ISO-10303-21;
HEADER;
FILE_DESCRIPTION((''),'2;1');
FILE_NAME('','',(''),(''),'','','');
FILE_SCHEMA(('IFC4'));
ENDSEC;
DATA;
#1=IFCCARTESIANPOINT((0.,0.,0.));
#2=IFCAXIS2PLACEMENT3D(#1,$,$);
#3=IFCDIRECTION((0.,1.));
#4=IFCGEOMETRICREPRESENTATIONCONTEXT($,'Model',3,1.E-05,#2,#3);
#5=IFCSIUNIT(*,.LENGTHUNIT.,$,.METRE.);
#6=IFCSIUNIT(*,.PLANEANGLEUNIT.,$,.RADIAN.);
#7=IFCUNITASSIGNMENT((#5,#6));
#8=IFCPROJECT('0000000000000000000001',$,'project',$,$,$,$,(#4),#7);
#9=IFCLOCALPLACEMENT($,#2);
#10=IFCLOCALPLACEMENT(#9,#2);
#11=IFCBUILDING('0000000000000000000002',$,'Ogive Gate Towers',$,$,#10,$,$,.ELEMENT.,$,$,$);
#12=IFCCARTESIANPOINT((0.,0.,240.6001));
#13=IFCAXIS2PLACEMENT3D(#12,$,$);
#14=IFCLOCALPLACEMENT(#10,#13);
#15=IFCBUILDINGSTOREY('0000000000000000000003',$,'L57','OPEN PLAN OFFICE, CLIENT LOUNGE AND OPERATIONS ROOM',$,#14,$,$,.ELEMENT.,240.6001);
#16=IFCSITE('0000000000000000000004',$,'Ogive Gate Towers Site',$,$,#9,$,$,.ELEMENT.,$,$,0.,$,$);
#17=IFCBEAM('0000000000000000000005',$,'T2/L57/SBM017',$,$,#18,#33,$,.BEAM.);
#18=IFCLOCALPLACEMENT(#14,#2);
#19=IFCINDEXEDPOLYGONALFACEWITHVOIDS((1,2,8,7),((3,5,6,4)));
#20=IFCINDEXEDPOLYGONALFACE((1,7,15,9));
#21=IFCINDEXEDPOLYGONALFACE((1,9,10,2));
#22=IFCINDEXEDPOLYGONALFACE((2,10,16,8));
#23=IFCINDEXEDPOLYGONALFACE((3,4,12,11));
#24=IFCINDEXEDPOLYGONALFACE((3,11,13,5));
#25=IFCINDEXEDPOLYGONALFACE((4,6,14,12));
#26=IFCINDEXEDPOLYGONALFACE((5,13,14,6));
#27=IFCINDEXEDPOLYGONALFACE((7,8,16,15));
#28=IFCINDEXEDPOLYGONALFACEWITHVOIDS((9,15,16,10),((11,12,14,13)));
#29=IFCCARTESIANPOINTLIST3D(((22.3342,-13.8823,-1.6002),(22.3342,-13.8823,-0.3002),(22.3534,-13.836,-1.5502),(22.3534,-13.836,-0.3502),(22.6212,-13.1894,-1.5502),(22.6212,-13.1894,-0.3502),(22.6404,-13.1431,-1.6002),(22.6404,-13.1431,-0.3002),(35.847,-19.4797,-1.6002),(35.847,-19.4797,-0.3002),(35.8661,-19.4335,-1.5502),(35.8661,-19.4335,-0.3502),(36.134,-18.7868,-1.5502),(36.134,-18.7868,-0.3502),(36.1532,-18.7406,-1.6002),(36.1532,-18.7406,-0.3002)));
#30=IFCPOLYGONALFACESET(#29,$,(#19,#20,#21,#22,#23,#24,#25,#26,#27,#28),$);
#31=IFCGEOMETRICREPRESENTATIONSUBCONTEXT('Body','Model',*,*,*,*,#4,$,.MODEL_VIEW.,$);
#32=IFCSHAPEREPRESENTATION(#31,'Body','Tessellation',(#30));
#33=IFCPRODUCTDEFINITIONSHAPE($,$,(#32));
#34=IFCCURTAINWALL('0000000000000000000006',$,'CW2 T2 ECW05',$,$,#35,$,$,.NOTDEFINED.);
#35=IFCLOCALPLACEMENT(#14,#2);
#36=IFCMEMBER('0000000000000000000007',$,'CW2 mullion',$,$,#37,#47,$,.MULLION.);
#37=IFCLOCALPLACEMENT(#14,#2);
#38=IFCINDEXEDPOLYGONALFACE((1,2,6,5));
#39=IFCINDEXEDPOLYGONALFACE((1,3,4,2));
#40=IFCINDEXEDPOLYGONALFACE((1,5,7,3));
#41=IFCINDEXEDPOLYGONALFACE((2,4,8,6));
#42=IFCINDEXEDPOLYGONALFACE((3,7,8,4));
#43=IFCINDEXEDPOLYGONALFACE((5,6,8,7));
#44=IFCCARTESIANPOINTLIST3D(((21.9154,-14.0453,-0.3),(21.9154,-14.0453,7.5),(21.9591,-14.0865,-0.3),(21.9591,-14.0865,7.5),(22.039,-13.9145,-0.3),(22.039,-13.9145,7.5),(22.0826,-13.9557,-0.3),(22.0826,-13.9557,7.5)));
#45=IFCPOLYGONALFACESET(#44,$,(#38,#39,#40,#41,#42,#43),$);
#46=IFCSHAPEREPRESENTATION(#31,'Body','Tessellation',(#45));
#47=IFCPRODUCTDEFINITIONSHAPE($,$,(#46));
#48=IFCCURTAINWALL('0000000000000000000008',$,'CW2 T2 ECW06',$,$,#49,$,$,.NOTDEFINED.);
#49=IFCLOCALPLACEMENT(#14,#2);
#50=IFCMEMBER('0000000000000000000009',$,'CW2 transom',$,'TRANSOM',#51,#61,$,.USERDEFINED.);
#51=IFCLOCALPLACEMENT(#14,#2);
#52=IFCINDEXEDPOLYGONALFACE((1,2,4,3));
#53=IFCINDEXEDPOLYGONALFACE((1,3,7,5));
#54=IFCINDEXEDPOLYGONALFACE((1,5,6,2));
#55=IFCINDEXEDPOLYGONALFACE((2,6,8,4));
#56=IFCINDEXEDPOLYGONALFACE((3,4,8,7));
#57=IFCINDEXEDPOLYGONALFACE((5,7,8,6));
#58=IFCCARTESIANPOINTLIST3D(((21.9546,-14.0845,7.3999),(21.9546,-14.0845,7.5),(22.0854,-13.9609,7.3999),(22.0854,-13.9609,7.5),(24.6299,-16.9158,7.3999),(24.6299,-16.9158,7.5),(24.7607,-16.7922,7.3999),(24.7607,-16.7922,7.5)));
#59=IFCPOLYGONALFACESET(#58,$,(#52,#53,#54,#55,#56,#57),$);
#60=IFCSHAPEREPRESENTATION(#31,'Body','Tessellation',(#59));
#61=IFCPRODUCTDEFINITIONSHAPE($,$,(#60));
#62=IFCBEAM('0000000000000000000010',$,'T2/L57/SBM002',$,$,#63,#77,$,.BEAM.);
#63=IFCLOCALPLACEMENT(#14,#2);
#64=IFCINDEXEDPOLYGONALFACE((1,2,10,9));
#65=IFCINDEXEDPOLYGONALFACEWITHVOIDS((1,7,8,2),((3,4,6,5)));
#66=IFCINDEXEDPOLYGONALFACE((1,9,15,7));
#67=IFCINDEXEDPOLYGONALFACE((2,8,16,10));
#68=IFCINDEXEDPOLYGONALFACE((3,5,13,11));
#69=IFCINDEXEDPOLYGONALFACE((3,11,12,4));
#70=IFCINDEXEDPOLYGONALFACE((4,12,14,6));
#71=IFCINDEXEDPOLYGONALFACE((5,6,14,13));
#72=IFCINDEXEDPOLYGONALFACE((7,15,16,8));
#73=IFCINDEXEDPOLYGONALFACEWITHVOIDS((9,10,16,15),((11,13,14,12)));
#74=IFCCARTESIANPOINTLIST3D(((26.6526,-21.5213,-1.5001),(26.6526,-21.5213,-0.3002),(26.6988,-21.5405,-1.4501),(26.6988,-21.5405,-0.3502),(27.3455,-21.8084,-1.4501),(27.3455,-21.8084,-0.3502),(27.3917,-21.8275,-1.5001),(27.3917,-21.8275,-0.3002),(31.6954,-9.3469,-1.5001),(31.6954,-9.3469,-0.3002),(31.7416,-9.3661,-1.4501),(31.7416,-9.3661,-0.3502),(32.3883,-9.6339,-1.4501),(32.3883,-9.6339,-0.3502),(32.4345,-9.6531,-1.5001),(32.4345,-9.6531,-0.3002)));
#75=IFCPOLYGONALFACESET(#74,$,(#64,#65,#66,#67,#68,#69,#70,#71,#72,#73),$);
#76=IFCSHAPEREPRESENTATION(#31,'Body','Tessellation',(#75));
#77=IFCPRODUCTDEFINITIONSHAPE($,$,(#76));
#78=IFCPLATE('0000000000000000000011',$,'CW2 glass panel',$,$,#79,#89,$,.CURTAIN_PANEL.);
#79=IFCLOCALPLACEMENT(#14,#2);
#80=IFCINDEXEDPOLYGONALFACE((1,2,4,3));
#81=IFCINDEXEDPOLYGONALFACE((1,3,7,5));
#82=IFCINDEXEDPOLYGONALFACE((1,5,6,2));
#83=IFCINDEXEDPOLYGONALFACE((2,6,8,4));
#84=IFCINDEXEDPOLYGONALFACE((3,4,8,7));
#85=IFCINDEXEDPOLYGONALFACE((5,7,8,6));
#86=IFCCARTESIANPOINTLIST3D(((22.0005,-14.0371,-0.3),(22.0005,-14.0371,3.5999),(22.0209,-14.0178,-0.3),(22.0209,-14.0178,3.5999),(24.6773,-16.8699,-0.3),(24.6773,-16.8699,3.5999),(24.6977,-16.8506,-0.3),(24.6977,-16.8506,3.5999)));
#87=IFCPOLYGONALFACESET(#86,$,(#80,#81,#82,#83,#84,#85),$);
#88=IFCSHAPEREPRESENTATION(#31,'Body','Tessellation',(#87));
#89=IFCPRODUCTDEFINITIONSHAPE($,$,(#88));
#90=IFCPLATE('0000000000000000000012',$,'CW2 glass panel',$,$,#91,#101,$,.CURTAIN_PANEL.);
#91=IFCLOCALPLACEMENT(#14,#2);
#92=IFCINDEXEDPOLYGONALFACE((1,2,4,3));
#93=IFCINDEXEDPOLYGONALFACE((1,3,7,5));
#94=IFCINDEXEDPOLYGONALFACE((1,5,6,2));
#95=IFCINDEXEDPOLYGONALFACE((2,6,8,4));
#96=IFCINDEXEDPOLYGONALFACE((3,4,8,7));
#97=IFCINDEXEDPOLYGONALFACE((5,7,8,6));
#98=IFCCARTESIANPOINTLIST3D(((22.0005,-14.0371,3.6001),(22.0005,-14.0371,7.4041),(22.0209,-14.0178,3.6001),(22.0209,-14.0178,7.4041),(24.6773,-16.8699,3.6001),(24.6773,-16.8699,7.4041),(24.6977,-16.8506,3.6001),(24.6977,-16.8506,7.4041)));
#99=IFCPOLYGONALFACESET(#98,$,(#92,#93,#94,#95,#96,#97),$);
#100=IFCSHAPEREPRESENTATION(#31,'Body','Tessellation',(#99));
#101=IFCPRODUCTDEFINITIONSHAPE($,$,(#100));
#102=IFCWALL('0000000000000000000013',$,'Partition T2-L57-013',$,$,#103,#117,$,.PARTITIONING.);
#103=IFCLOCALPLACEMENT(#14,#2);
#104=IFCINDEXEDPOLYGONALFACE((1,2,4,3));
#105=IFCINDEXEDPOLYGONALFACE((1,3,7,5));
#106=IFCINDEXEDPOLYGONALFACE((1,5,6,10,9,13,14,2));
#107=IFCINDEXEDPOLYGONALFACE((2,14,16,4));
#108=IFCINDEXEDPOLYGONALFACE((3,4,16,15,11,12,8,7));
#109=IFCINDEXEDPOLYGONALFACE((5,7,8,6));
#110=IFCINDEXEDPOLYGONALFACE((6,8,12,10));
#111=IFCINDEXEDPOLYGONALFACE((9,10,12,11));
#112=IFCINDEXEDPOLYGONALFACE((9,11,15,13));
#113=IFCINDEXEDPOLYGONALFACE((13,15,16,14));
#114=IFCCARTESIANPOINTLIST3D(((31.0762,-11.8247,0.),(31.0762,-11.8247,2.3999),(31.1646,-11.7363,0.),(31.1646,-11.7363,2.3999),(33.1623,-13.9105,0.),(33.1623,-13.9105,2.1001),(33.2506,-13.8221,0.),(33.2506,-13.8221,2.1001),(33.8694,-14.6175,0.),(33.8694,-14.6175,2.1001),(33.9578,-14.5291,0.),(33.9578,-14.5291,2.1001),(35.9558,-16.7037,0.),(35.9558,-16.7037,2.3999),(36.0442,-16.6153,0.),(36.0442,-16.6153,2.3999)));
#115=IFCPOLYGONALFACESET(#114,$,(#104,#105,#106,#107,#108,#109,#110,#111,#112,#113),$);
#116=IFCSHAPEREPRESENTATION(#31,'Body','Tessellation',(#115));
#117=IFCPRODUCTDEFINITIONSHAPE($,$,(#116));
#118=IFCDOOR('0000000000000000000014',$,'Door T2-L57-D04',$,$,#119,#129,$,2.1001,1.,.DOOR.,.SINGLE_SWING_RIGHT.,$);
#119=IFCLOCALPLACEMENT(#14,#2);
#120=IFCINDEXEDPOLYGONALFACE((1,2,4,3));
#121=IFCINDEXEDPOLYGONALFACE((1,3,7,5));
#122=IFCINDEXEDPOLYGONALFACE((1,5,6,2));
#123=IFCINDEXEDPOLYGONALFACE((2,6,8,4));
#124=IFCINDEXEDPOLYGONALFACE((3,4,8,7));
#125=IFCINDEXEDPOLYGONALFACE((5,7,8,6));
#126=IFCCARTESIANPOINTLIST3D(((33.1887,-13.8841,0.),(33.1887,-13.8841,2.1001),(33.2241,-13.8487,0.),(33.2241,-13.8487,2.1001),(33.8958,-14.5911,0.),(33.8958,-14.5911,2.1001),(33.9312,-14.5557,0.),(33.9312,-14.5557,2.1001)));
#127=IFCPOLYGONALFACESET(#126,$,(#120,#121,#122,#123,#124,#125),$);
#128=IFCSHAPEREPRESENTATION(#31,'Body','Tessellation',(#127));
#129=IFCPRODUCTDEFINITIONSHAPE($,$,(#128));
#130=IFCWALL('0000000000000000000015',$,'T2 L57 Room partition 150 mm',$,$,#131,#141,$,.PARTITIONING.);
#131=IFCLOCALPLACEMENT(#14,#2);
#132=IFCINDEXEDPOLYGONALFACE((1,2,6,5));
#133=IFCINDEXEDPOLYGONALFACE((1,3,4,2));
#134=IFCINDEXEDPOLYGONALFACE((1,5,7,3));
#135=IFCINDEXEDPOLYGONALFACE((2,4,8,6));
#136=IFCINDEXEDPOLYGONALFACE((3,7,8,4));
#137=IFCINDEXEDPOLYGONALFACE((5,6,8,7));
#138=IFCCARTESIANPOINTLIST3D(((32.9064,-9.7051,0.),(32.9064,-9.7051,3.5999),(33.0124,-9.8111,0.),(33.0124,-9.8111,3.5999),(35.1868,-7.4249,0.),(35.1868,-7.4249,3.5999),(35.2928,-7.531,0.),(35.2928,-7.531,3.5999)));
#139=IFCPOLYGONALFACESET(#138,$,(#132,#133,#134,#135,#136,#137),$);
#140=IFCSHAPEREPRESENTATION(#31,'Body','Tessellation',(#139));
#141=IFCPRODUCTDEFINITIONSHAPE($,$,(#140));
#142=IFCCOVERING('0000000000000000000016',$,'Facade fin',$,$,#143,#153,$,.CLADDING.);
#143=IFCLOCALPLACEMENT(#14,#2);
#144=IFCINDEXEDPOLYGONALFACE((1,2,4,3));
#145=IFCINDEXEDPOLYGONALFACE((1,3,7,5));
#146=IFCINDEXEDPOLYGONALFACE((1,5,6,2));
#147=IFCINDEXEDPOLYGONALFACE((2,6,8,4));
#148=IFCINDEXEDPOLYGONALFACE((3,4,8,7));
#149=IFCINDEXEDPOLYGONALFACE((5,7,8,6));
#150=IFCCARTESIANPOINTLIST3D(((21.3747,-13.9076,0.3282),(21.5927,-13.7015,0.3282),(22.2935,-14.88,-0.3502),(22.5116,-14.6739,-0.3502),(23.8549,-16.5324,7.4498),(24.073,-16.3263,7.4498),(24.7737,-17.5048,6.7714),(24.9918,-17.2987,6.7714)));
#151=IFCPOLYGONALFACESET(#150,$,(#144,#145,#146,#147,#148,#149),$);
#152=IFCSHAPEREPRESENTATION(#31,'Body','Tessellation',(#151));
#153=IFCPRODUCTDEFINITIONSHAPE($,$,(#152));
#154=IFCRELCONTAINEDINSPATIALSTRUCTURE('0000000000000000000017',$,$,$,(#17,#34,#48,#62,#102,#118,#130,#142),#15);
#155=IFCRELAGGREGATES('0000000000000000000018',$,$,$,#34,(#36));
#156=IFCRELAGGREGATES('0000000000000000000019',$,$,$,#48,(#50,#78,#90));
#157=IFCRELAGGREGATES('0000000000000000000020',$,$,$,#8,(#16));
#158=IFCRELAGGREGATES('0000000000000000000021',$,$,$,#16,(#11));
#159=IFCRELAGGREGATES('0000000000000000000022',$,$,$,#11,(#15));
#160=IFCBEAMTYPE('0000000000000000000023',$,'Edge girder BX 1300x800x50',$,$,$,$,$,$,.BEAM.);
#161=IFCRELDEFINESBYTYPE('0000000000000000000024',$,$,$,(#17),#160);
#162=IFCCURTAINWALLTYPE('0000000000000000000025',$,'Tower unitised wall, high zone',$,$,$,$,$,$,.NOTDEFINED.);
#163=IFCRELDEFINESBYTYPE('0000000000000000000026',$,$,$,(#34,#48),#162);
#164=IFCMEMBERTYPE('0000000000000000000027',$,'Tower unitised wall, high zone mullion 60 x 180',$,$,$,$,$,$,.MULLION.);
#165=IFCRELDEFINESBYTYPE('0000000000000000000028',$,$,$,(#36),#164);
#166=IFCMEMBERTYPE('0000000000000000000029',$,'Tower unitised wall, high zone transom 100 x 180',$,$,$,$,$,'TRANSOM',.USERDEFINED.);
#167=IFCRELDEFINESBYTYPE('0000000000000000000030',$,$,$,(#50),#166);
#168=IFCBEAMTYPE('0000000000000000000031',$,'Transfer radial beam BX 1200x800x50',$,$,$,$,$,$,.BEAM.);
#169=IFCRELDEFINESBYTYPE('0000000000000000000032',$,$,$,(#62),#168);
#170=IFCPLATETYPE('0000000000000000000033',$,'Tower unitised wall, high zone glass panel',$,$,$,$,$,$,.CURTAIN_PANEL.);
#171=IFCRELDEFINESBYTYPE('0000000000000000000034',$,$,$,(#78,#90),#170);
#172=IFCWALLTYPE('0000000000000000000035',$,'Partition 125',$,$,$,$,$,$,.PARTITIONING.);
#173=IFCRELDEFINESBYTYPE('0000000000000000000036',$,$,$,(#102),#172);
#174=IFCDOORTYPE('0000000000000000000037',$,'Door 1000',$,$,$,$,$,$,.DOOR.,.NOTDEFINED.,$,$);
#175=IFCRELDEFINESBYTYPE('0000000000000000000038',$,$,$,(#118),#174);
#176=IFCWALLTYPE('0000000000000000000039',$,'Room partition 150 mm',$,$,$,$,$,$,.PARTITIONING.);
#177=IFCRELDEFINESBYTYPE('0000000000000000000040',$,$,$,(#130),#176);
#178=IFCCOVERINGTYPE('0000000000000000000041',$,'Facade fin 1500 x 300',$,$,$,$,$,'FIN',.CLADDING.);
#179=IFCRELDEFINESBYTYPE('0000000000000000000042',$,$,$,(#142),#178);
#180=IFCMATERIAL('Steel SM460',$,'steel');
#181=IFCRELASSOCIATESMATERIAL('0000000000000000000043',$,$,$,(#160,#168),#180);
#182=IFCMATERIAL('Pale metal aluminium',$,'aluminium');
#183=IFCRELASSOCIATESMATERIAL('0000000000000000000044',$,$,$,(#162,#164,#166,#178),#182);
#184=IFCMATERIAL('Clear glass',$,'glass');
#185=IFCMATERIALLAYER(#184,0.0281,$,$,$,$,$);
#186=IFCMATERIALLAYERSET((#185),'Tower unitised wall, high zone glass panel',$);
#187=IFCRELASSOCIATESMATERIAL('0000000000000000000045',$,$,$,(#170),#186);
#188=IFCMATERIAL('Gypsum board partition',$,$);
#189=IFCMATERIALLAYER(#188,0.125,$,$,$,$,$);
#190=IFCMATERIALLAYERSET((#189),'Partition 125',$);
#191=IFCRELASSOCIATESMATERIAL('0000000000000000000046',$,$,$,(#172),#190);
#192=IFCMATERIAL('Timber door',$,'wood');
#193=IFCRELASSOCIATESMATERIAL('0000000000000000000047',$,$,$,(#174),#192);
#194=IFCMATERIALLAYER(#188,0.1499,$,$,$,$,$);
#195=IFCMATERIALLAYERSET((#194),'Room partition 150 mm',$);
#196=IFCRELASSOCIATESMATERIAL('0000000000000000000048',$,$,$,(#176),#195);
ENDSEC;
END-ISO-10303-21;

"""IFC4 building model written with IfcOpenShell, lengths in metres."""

from ifc_helpers import new_model, si_unit, direction, frame, frame_2d, origin, origin_2d, place, context, subcontext, project, spatial, rectangle, hollow_rectangle, extrude, material, layer, layer_set, material_profile, profile_set, type_object, element, fill, aggregate, save


model = new_model("IFC4")

# Units and contexts
model_context = context("Model", 3, precision=1e-05, world=origin(), true_north=direction((0.0, 1.0)))
body_context = subcontext(model_context, "Body", "Model", "MODEL_VIEW")
ifc_project = project(units=[si_unit("LENGTHUNIT", "METRE"), si_unit("PLANEANGLEUNIT", "RADIAN")], contexts=[model_context])

# Site, building, storey
site_placement = place(None, origin())
site = spatial("IfcSite", under=ifc_project, at=site_placement, Name="Ogive Gate Towers Site", CompositionType="ELEMENT", RefElevation=0.0)
building_placement = place(site_placement, origin())
building = spatial("IfcBuilding", under=site, at=building_placement, Name="Ogive Gate Towers", CompositionType="ELEMENT")
storey_placement = place(building_placement, frame((0.0, 0.0, 240.6001)))
storey = spatial("IfcBuildingStorey", under=building, at=storey_placement, Name="L57", Description="OPEN PLAN OFFICE, CLIENT LOUNGE AND OPERATIONS ROOM", CompositionType="ELEMENT", Elevation=240.6001)

# Beam
ifc_material_1 = material(Name="Steel SM460", Category="steel")
ifc_material_profile_1 = material_profile(ifc_material_1, hollow_rectangle(XDim=0.8, YDim=1.3, WallThickness=0.05, at=origin_2d()), Name="BX 1300x800x50")
ifc_profile_set_1 = profile_set([ifc_material_profile_1], Name="Steel SM460")
beam_type_1 = type_object("IfcBeamType", Name="Edge girder BX 1300x800x50", PredefinedType="BEAM", material=ifc_profile_set_1)
beam_1_placement = place(storey_placement, frame((22.4873, -13.5127, -0.9502), z_axis=(0.923873, -0.382699, 0.0), x_axis=(0.382699, 0.923873, 0.0)))
element("IfcBeam", 1, at=beam_1_placement, inside=storey, type_object=beam_type_1, Name="T2/L57/SBM017", PredefinedType="BEAM", context=body_context, shape_type="SweptSolid", body=[
    extrude(hollow_rectangle(XDim=0.8, YDim=1.3, WallThickness=0.05, at=origin_2d()), origin(), (0.0, 0.0, 1.0), 14.6262),
])

# Curtain walls, members
ifc_material_2 = material(Name="Pale metal aluminium", Category="aluminium")
curtain_wall_type = type_object("IfcCurtainWallType", Name="Tower unitised wall, high zone", PredefinedType="NOTDEFINED", material=ifc_material_2)
curtain_wall_1_placement = place(storey_placement, origin())
curtain_wall_1 = element("IfcCurtainWall", 2, at=curtain_wall_1_placement, inside=storey, type_object=curtain_wall_type, Name="CW2 T2 ECW05", PredefinedType="NOTDEFINED")
ifc_material_profile_2 = material_profile(ifc_material_2, rectangle(XDim=0.1799, YDim=0.0601, at=origin_2d()), Name="60 x 180 aluminium box")
ifc_profile_set_2 = profile_set([ifc_material_profile_2], Name="Pale metal aluminium")
member_type_1 = type_object("IfcMemberType", Name="Tower unitised wall, high zone mullion 60 x 180", PredefinedType="MULLION", material=ifc_profile_set_2)
member_1_placement = place(storey_placement, frame((21.999, -14.0005, -0.3), z_axis=(0.0, 0.0, 1.0), x_axis=(-0.686796, -0.72685, 0.0)))
member_1 = element("IfcMember", 3, at=member_1_placement, type_object=member_type_1, Name="CW2 mullion", PredefinedType="MULLION", context=body_context, shape_type="SweptSolid", body=[
    extrude(rectangle(XDim=0.1799, YDim=0.0601, at=origin_2d()), origin(), (0.0, 0.0, 1.0), 7.8),
])
aggregate(curtain_wall_1, [member_1])
curtain_wall_2_placement = place(storey_placement, origin())
curtain_wall_2 = element("IfcCurtainWall", 4, at=curtain_wall_2_placement, inside=storey, type_object=curtain_wall_type, Name="CW2 T2 ECW06", PredefinedType="NOTDEFINED")
ifc_material_profile_3 = material_profile(ifc_material_2, rectangle(XDim=0.1799, YDim=0.1001, at=origin_2d()), Name="100 x 180 aluminium box")
ifc_profile_set_3 = profile_set([ifc_material_profile_3], Name="Pale metal aluminium")
member_type_2 = type_object("IfcMemberType", Name="Tower unitised wall, high zone transom 100 x 180", ElementType="TRANSOM", PredefinedType="USERDEFINED", material=ifc_profile_set_3)
member_2_placement = place(storey_placement, frame((22.02, -14.0227, 7.45), z_axis=(0.686798, -0.726848, 0.0), x_axis=(0.726848, 0.686798, 0.0)))
member_2 = element("IfcMember", 5, at=member_2_placement, type_object=member_type_2, Name="CW2 transom", ObjectType="TRANSOM", PredefinedType="USERDEFINED", context=body_context, shape_type="SweptSolid", body=[
    extrude(rectangle(XDim=0.1799, YDim=0.1001, at=origin_2d()), origin(), (0.0, 0.0, 1.0), 3.8953),
])

# Beam
ifc_material_profile_4 = material_profile(ifc_material_1, hollow_rectangle(XDim=0.8, YDim=1.2, WallThickness=0.05, at=origin_2d()), Name="BX 1200x800x50")
ifc_profile_set_4 = profile_set([ifc_material_profile_4], Name="Steel SM460")
beam_type_2 = type_object("IfcBeamType", Name="Transfer radial beam BX 1200x800x50", PredefinedType="BEAM", material=ifc_profile_set_4)
beam_2_placement = place(storey_placement, frame((32.0649, -9.5, -0.9001), z_axis=(-0.382681, -0.923881, 0.0), x_axis=(0.923881, -0.382681, 0.0)))
element("IfcBeam", 6, at=beam_2_placement, inside=storey, type_object=beam_type_2, Name="T2/L57/SBM002", PredefinedType="BEAM", context=body_context, shape_type="SweptSolid", body=[
    extrude(hollow_rectangle(XDim=0.8, YDim=1.2, WallThickness=0.05, at=origin_2d()), origin(), (0.0, 0.0, 1.0), 13.1775),
])

# Plates
ifc_material_3 = material(Name="Clear glass", Category="glass")
ifc_layer_1 = layer(ifc_material_3, 0.0281)
ifc_layer_set_1 = layer_set([ifc_layer_1], Name="Tower unitised wall, high zone glass panel")
plate_type = type_object("IfcPlateType", Name="Tower unitised wall, high zone glass panel", PredefinedType="CURTAIN_PANEL", material=ifc_layer_set_1)
plate_1_placement = place(storey_placement, frame((23.3491, -15.4438, -0.3), z_axis=(0.0, 0.0, 1.0), x_axis=(0.686796, -0.72685, 0.0)))
plate_1 = element("IfcPlate", 7, at=plate_1_placement, type_object=plate_type, Name="CW2 glass panel", PredefinedType="CURTAIN_PANEL", context=body_context, shape_type="SweptSolid", body=[
    extrude(rectangle(XDim=3.8975, YDim=0.0281, at=origin_2d()), origin(), (0.0, 0.0, 1.0), 3.8999),
])
plate_2_placement = place(storey_placement, frame((23.3491, -15.4438, 3.6001), z_axis=(0.0, 0.0, 1.0), x_axis=(0.686796, -0.72685, 0.0)))
plate_2 = element("IfcPlate", 8, at=plate_2_placement, type_object=plate_type, Name="CW2 glass panel", PredefinedType="CURTAIN_PANEL", context=body_context, shape_type="SweptSolid", body=[
    extrude(rectangle(XDim=3.8975, YDim=0.0281, at=origin_2d()), origin(), (0.0, 0.0, 1.0), 3.804),
])
aggregate(curtain_wall_2, [member_2, plate_1, plate_2])

# Wall, opening, door
ifc_material_4 = material(Name="Gypsum board partition")
ifc_layer_2 = layer(ifc_material_4, 0.125)
ifc_layer_set_2 = layer_set([ifc_layer_2], Name="Partition 125")
wall_type_1 = type_object("IfcWallType", Name="Partition 125", PredefinedType="PARTITIONING", material=ifc_layer_set_2)
wall_1_placement = place(storey_placement, frame((31.1204, -11.7805, 0.0), z_axis=(0.0, 0.0, 1.0), x_axis=(0.70716, -0.707054, 0.0)))
wall_1 = element("IfcWall", 9, at=wall_1_placement, inside=storey, type_object=wall_type_1, Name="Partition T2-L57-013", PredefinedType="PARTITIONING", context=body_context, shape_type="SweptSolid", body=[
    extrude(rectangle(XDim=6.9004, YDim=0.125, at=frame_2d((3.4502, 0.0))), origin(), (0.0, 0.0, 1.0), 2.3999),
])
opening_placement = place(wall_1_placement, frame((2.95, 0.0, 0.0)))
opening = element("IfcOpeningElement", 10, at=opening_placement, cuts=wall_1, PredefinedType="OPENING", context=body_context, shape_type="SweptSolid", body=[
    extrude(rectangle(XDim=1.0, YDim=2.1001, at=frame_2d((0.5, 1.05))), frame((0.0, 0.0725, 0.0), z_axis=(0.0, -1.0, 0.0), x_axis=(1.0, 0.0, 0.0)), (0.0, 0.0, 1.0), 0.145),
])
ifc_material_5 = material(Name="Timber door", Category="wood")
door_type = type_object("IfcDoorType", Name="Door 1000", OperationType="NOTDEFINED", PredefinedType="DOOR", material=ifc_material_5)
door_placement = place(opening_placement, origin())
door = element("IfcDoor", 11, at=door_placement, inside=storey, type_object=door_type, Name="Door T2-L57-D04", OperationType="SINGLE_SWING_RIGHT", OverallHeight=2.1001, OverallWidth=1.0, PredefinedType="DOOR", context=body_context, shape_type="SweptSolid", body=[
    extrude(rectangle(XDim=1.0, YDim=2.1001, at=frame_2d((0.5, 1.05))), frame((0.0, 0.0249, 0.0), z_axis=(0.0, -1.0, 0.0), x_axis=(1.0, 0.0, 0.0)), (0.0, 0.0, 1.0), 0.05),
])
fill(opening, door)

# Wall
ifc_layer_3 = layer(ifc_material_4, 0.1499)
ifc_layer_set_3 = layer_set([ifc_layer_3], Name="Room partition 150 mm")
wall_type_2 = type_object("IfcWallType", Name="Room partition 150 mm", PredefinedType="PARTITIONING", material=ifc_layer_set_3)
wall_2_placement = place(storey_placement, frame((32.9595, -9.7581, 0.0), z_axis=(0.0, 0.0, 1.0), x_axis=(0.707145, 0.707069, 0.0)))
element("IfcWall", 12, at=wall_2_placement, inside=storey, type_object=wall_type_2, Name="T2 L57 Room partition 150 mm", PredefinedType="PARTITIONING", context=body_context, shape_type="SweptSolid", body=[
    extrude(rectangle(XDim=3.2249, YDim=0.1499, at=frame_2d((1.6123, 0.0))), origin(), (0.0, 0.0, 1.0), 3.5999),
])

# Covering
ifc_material_profile_5 = material_profile(ifc_material_2, rectangle(XDim=0.3, YDim=1.5, at=origin_2d()), Name="1500 x 300 pale metal aluminium")
ifc_profile_set_5 = profile_set([ifc_material_profile_5], Name="Pale metal aluminium")
covering_type = type_object("IfcCoveringType", Name="Facade fin 1500 x 300", ElementType="FIN", PredefinedType="CLADDING", material=ifc_profile_set_5)
covering_placement = place(storey_placement, frame((21.9431, -14.2908, -0.011), z_axis=(0.310616, -0.328717, 0.891887), x_axis=(0.726835, 0.686812, 0.0)))
element("IfcCovering", 13, at=covering_placement, inside=storey, type_object=covering_type, Name="Facade fin", PredefinedType="CLADDING", context=body_context, shape_type="SweptSolid", body=[
    extrude(rectangle(XDim=0.3, YDim=1.5, at=origin_2d()), origin(), (0.0, 0.0, 1.0), 7.9849),
])

save(model, "model.ifc")
